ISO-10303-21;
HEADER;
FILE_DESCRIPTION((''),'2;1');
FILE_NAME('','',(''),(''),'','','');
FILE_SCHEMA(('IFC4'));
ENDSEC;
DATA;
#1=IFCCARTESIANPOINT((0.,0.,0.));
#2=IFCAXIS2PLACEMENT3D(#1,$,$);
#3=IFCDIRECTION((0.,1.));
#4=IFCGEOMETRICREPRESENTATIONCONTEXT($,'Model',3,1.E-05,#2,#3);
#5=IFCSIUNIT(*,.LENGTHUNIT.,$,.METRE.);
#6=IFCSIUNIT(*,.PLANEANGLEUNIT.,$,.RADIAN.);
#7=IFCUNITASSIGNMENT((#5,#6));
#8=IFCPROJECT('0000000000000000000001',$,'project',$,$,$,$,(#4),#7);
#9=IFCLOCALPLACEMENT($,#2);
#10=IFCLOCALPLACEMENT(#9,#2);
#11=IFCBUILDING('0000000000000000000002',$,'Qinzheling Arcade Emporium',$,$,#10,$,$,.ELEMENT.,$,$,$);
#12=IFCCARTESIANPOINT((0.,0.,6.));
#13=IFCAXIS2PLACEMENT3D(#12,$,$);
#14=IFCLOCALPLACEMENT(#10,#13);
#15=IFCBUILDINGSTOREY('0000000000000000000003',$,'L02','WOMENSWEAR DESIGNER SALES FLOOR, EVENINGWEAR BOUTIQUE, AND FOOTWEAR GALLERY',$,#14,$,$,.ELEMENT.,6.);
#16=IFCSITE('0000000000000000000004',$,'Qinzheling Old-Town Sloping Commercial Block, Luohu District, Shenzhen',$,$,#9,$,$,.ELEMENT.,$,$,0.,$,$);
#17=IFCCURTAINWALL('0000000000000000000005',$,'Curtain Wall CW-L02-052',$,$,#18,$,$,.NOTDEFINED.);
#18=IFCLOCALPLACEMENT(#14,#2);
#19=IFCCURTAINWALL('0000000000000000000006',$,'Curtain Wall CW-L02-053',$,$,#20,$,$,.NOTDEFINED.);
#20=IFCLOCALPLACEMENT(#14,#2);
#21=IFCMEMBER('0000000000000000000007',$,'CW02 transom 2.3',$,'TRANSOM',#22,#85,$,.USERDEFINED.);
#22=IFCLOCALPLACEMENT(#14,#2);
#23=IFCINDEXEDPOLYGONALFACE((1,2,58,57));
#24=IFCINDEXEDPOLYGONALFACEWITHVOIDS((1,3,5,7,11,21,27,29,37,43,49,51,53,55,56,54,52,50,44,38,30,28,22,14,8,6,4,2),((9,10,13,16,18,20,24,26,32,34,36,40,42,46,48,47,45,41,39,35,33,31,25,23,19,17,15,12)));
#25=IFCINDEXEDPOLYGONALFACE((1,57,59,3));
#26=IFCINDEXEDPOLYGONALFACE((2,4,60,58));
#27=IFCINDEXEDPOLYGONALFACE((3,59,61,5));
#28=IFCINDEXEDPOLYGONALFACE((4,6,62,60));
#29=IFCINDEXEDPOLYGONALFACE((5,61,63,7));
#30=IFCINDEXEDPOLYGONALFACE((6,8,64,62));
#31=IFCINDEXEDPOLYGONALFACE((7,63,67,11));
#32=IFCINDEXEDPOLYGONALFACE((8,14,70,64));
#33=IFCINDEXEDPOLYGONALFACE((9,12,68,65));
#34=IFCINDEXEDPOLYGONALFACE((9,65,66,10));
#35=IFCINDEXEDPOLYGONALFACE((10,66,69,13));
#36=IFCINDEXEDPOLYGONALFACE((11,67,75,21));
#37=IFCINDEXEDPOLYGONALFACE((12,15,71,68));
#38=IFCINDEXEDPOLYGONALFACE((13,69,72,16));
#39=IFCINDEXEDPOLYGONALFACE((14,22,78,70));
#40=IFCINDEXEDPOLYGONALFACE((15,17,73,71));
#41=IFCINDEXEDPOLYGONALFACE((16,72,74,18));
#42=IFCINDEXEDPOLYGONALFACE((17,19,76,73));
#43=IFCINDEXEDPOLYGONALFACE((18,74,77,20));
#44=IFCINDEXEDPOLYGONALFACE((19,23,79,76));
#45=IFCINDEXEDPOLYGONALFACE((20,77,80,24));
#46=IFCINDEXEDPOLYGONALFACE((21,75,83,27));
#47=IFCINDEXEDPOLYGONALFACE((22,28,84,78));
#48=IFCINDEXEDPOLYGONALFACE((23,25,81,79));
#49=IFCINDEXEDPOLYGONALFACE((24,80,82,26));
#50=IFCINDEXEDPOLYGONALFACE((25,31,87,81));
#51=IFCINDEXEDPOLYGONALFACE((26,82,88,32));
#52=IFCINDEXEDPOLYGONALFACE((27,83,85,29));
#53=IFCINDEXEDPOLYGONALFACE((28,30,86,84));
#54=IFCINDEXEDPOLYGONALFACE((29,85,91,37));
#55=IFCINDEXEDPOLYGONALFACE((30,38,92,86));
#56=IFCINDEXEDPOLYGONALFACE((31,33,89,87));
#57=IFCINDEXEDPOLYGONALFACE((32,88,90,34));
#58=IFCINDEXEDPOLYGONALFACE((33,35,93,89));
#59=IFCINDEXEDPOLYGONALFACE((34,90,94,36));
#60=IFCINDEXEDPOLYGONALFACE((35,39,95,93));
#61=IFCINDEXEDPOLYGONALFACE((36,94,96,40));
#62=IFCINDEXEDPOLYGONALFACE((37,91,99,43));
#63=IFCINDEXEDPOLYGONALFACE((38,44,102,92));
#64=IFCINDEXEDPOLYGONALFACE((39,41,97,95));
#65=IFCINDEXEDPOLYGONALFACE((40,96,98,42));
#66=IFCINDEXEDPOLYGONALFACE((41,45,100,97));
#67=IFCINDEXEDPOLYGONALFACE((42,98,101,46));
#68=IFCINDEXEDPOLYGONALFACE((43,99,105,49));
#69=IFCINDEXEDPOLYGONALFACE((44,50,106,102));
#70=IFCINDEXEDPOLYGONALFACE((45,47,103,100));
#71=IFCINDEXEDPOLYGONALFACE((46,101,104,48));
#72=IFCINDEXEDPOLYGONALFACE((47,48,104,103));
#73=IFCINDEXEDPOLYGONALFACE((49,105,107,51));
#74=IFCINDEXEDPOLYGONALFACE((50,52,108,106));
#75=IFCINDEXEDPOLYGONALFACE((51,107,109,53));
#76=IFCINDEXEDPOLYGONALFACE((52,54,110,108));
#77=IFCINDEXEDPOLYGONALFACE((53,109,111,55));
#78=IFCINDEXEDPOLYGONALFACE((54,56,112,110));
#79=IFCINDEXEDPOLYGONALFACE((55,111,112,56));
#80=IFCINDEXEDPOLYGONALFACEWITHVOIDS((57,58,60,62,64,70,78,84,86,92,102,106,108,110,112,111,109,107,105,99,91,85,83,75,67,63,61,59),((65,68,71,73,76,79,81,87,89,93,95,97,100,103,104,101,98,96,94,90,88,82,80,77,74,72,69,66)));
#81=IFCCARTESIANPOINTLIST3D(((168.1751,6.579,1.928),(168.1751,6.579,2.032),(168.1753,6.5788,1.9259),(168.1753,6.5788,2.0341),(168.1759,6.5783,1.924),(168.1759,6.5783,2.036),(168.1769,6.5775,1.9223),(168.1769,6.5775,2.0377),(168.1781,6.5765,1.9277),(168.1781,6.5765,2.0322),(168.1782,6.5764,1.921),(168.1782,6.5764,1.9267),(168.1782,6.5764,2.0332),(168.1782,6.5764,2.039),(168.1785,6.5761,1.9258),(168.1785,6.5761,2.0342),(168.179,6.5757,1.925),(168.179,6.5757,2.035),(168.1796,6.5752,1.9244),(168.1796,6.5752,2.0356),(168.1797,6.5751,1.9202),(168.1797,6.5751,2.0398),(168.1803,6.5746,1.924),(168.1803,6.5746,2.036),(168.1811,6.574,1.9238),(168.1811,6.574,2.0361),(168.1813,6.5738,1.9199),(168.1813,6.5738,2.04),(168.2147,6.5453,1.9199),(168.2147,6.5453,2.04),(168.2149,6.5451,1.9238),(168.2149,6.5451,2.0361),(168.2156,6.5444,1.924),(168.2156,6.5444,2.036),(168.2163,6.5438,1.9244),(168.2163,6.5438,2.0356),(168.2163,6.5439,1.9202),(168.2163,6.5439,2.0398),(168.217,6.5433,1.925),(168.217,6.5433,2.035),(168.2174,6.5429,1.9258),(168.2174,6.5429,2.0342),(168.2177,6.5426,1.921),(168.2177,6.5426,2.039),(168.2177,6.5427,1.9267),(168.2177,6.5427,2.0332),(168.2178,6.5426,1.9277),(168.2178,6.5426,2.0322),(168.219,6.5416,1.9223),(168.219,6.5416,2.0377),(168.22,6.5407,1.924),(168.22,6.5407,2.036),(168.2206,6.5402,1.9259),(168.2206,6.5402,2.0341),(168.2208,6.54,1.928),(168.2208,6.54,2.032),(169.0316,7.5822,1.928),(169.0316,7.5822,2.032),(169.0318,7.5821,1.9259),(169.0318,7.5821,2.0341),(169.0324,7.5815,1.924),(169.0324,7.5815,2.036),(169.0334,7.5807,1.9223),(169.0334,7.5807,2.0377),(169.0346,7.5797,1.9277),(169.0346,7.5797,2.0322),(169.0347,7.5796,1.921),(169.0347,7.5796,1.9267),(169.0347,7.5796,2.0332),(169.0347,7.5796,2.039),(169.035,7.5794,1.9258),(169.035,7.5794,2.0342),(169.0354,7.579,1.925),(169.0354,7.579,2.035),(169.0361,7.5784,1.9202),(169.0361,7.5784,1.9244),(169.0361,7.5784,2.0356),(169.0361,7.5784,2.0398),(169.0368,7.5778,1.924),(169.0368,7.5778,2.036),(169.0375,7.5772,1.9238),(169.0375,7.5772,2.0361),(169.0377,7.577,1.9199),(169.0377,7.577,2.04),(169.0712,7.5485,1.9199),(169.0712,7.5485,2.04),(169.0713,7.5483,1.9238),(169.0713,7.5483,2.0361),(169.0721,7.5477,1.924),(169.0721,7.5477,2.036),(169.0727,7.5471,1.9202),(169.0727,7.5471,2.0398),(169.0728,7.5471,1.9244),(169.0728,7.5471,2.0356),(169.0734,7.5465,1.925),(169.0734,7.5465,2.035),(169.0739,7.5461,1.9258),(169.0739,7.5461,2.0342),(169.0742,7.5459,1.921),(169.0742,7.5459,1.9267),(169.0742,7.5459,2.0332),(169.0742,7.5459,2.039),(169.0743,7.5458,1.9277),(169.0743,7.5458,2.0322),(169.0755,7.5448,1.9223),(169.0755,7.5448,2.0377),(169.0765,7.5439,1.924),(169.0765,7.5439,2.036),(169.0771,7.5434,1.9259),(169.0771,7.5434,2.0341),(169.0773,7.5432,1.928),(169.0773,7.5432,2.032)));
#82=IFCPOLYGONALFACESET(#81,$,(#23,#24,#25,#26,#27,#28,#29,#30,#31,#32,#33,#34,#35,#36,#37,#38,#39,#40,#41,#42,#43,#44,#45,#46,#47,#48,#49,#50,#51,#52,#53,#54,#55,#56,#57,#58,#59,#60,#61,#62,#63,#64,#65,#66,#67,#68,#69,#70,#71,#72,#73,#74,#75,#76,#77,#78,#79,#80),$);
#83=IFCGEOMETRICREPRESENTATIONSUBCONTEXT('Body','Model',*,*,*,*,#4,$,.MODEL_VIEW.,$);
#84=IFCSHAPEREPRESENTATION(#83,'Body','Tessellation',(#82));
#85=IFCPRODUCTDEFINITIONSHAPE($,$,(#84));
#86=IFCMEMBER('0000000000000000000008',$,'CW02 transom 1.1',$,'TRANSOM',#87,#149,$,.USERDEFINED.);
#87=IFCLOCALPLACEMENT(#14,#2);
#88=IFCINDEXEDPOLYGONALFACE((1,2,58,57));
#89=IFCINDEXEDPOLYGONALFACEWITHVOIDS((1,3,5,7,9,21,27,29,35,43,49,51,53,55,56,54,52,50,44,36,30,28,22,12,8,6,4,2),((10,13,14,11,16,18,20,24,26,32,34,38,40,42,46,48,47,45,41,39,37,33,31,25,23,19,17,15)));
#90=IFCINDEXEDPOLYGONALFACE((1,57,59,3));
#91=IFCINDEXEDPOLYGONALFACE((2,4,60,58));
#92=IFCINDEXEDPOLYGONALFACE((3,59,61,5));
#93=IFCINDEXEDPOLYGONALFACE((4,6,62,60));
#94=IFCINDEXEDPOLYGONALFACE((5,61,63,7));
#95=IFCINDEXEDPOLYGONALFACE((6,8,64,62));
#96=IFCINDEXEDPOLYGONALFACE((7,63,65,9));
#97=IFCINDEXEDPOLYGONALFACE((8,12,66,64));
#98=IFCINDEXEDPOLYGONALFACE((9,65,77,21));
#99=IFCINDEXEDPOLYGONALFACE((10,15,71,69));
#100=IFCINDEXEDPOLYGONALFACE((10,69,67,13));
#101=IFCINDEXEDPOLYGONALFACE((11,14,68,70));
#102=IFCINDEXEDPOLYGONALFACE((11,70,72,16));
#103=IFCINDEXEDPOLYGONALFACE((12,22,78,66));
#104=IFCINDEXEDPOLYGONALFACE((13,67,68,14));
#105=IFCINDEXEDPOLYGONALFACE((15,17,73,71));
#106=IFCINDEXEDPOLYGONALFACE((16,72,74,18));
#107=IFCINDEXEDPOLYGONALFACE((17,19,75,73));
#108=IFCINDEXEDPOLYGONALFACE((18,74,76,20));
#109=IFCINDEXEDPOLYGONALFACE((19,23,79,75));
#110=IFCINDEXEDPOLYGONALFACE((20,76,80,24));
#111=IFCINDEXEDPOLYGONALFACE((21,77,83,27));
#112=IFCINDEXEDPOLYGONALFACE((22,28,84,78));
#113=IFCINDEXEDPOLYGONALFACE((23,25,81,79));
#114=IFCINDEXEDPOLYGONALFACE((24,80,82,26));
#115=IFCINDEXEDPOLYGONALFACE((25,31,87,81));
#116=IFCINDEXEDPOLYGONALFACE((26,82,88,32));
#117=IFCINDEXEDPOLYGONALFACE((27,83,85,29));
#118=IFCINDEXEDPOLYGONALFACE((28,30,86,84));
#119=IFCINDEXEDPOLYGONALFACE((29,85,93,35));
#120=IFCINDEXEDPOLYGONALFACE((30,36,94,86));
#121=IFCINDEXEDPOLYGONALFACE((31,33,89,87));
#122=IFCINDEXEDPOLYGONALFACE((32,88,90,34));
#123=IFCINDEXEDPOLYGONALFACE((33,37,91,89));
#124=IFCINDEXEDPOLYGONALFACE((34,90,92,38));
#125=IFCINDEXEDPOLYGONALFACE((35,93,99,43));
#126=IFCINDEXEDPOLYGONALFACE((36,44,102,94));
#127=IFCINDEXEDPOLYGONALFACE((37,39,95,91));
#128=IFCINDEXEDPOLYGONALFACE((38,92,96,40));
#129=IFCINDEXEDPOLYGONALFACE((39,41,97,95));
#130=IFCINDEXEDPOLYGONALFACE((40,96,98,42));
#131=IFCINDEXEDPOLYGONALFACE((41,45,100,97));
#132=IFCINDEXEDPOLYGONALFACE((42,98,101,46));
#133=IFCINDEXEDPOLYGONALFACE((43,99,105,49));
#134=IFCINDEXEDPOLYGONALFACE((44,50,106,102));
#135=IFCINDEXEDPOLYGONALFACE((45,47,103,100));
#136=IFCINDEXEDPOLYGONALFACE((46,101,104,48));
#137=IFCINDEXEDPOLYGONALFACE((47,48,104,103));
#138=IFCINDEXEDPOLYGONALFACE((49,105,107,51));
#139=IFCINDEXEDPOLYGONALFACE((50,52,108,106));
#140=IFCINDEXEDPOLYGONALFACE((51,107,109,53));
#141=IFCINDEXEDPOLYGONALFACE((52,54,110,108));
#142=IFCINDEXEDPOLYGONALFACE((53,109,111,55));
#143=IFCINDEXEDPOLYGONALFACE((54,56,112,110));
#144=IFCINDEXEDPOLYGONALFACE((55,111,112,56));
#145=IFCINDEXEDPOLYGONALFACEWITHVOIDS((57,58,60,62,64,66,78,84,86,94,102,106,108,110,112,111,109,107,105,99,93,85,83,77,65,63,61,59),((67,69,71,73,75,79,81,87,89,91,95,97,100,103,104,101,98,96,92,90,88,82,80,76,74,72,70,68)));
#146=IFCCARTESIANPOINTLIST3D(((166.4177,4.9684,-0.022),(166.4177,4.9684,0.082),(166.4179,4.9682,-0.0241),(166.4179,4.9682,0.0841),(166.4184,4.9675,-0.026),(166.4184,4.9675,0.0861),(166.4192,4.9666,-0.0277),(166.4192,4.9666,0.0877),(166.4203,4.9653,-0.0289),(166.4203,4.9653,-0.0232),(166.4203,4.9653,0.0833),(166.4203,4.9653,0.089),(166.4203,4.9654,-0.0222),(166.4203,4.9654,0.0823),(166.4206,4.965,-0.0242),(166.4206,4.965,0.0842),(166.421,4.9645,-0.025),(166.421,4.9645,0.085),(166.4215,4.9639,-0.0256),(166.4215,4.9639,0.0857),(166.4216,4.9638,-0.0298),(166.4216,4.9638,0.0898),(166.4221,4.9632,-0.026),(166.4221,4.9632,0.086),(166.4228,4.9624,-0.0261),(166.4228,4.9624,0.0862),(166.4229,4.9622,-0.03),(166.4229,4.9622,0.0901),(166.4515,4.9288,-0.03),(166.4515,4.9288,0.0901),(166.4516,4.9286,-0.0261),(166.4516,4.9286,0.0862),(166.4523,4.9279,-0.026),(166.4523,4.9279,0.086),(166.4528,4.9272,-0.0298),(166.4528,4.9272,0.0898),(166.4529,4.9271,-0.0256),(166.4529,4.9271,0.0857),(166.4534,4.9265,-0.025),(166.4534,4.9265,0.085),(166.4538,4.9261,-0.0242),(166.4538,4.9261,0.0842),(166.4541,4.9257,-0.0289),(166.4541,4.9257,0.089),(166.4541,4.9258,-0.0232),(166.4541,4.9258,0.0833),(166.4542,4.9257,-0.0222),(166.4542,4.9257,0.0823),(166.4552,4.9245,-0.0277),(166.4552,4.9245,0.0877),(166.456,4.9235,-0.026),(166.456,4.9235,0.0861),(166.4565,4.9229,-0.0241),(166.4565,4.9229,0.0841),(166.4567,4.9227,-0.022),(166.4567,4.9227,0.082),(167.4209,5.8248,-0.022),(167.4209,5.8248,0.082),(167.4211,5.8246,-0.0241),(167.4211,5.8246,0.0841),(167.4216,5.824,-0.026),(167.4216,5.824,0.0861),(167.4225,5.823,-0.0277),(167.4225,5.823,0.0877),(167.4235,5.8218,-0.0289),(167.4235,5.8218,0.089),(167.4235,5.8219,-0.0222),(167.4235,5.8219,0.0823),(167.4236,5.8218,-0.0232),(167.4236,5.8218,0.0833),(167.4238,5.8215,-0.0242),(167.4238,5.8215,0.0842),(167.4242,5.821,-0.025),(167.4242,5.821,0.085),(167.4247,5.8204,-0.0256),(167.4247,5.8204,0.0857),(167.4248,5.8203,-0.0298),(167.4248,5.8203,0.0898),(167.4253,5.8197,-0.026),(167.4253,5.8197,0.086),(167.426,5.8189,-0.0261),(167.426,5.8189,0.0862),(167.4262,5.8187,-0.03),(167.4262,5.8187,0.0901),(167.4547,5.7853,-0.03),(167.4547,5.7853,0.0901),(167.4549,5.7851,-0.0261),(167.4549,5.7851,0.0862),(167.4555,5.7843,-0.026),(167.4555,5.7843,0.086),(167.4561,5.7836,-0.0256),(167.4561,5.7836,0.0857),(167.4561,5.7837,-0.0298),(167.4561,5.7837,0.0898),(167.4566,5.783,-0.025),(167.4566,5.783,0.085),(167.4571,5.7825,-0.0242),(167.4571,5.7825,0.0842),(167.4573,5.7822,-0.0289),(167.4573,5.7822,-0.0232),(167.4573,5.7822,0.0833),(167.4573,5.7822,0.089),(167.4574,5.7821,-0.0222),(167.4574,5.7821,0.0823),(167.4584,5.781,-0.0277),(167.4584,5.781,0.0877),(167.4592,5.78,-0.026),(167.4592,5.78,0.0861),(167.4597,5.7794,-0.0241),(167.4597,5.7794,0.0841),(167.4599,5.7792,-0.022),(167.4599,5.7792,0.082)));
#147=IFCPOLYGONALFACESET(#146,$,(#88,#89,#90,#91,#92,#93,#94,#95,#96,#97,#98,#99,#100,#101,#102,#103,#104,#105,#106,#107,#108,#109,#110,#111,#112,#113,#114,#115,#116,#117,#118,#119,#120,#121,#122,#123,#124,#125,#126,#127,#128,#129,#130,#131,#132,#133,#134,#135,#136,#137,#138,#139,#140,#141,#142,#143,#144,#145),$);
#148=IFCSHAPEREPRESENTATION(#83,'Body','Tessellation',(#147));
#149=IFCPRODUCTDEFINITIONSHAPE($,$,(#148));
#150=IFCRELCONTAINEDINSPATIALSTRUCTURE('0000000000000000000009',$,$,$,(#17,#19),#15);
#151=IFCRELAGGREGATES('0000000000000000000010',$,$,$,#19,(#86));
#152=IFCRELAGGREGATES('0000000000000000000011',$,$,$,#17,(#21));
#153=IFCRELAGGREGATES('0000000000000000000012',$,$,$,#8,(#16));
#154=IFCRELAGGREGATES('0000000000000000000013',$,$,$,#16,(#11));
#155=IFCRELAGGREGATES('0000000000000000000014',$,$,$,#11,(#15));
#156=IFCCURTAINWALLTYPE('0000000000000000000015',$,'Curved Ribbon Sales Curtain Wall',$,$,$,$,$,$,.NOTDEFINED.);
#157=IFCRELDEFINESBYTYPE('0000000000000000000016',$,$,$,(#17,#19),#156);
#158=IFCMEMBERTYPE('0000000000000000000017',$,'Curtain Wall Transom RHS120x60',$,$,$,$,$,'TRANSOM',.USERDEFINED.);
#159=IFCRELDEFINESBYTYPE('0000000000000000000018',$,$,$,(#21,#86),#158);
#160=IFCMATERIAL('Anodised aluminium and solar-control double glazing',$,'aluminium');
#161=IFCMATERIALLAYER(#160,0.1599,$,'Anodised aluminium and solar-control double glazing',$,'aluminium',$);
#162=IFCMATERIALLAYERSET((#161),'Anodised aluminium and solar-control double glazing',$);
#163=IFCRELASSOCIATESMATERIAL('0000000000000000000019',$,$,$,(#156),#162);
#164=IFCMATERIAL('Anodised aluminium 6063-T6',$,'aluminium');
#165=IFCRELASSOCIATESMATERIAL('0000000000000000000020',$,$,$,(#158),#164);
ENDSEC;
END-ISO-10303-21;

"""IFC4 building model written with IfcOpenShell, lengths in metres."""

from ifc_helpers import new_model, si_unit, direction, frame, origin, origin_2d, place, context, subcontext, project, spatial, hollow_rectangle, extrude, material, layer, layer_set, material_profile, profile_set, type_object, element, aggregate, save


model = new_model("IFC4")

# Units and contexts
model_context = context("Model", 3, precision=1e-05, world=origin(), true_north=direction((0.0, 1.0)))
body_context = subcontext(model_context, "Body", "Model", "MODEL_VIEW")
ifc_project = project(units=[si_unit("LENGTHUNIT", "METRE"), si_unit("PLANEANGLEUNIT", "RADIAN")], contexts=[model_context])

# Site, building, storey
site_placement = place(None, origin())
site = spatial("IfcSite", under=ifc_project, at=site_placement, Name="Qinzheling Old-Town Sloping Commercial Block, Luohu District, Shenzhen", CompositionType="ELEMENT", RefElevation=0.0)
building_placement = place(site_placement, origin())
building = spatial("IfcBuilding", under=site, at=building_placement, Name="Qinzheling Arcade Emporium", CompositionType="ELEMENT")
storey_placement = place(building_placement, frame((0.0, 0.0, 6.0)))
storey = spatial("IfcBuildingStorey", under=building, at=storey_placement, Name="L02", Description="WOMENSWEAR DESIGNER SALES FLOOR, EVENINGWEAR BOUTIQUE, AND FOOTWEAR GALLERY", CompositionType="ELEMENT", Elevation=6.0)

# Curtain wall
ifc_material_1 = material(Name="Anodised aluminium and solar-control double glazing", Category="aluminium")
ifc_layer_1 = layer(ifc_material_1, 0.1599, Name="Anodised aluminium and solar-control double glazing", Category="aluminium")
ifc_layer_set_1 = layer_set([ifc_layer_1], Name="Anodised aluminium and solar-control double glazing")
curtain_wall_type = type_object("IfcCurtainWallType", Name="Curved Ribbon Sales Curtain Wall", PredefinedType="NOTDEFINED", material=ifc_layer_set_1)
curtain_wall_1_placement = place(storey_placement, origin())
curtain_wall_1 = element("IfcCurtainWall", 1, at=curtain_wall_1_placement, inside=storey, type_object=curtain_wall_type, Name="Curtain Wall CW-L02-052", PredefinedType="NOTDEFINED")
ifc_material_2 = material(Name="Anodised aluminium 6063-T6", Category="aluminium")

# Curtain wall
curtain_wall_2_placement = place(storey_placement, origin())
curtain_wall_2 = element("IfcCurtainWall", 2, at=curtain_wall_2_placement, inside=storey, type_object=curtain_wall_type, Name="Curtain Wall CW-L02-053", PredefinedType="NOTDEFINED")

# Members
ifc_material_profile_1 = material_profile(ifc_material_2, hollow_rectangle(XDim=0.0601, YDim=0.1201, WallThickness=0.0039, InnerFilletRadius=0.0039, OuterFilletRadius=0.0081, at=origin_2d()), Name="RHS 120x60x4", Category="aluminium")
ifc_profile_set_1 = profile_set([ifc_material_profile_1], Name="Anodised aluminium 6063-T6")
member_type_1 = type_object("IfcMemberType", Name="Curtain Wall Transom RHS120x60", ElementType="TRANSOM", PredefinedType="USERDEFINED", material=ifc_profile_set_1)
member_1_placement = place(storey_placement, frame((169.0544, 7.5627, 1.98), z_axis=(-0.649296, -0.760536, 0.0), x_axis=(0.760536, -0.649296, 0.0)))
member_1 = element("IfcMember", 3, at=member_1_placement, type_object=member_type_1, Name="CW02 transom 2.3", ObjectType="TRANSOM", PredefinedType="USERDEFINED", context=body_context, shape_type="SweptSolid", body=[
    extrude(hollow_rectangle(XDim=0.0601, YDim=0.1201, WallThickness=0.0039, InnerFilletRadius=0.0039, OuterFilletRadius=0.0081, at=origin_2d()), origin(), (0.0, 0.0, 1.0), 1.3191),
])
member_2_placement = place(storey_placement, frame((167.4404, 5.802, 0.03), z_axis=(-0.760536, -0.649296, 0.0), x_axis=(0.649296, -0.760536, 0.0)))
member_2 = element("IfcMember", 4, at=member_2_placement, type_object=member_type_1, Name="CW02 transom 1.1", ObjectType="TRANSOM", PredefinedType="USERDEFINED", context=body_context, shape_type="SweptSolid", body=[
    extrude(hollow_rectangle(XDim=0.0601, YDim=0.1201, WallThickness=0.0039, InnerFilletRadius=0.0039, OuterFilletRadius=0.0081, at=origin_2d()), origin(), (0.0, 0.0, 1.0), 1.3191),
])
aggregate(curtain_wall_2, [member_2])

aggregate(curtain_wall_1, [member_1])

save(model, "model.ifc")
